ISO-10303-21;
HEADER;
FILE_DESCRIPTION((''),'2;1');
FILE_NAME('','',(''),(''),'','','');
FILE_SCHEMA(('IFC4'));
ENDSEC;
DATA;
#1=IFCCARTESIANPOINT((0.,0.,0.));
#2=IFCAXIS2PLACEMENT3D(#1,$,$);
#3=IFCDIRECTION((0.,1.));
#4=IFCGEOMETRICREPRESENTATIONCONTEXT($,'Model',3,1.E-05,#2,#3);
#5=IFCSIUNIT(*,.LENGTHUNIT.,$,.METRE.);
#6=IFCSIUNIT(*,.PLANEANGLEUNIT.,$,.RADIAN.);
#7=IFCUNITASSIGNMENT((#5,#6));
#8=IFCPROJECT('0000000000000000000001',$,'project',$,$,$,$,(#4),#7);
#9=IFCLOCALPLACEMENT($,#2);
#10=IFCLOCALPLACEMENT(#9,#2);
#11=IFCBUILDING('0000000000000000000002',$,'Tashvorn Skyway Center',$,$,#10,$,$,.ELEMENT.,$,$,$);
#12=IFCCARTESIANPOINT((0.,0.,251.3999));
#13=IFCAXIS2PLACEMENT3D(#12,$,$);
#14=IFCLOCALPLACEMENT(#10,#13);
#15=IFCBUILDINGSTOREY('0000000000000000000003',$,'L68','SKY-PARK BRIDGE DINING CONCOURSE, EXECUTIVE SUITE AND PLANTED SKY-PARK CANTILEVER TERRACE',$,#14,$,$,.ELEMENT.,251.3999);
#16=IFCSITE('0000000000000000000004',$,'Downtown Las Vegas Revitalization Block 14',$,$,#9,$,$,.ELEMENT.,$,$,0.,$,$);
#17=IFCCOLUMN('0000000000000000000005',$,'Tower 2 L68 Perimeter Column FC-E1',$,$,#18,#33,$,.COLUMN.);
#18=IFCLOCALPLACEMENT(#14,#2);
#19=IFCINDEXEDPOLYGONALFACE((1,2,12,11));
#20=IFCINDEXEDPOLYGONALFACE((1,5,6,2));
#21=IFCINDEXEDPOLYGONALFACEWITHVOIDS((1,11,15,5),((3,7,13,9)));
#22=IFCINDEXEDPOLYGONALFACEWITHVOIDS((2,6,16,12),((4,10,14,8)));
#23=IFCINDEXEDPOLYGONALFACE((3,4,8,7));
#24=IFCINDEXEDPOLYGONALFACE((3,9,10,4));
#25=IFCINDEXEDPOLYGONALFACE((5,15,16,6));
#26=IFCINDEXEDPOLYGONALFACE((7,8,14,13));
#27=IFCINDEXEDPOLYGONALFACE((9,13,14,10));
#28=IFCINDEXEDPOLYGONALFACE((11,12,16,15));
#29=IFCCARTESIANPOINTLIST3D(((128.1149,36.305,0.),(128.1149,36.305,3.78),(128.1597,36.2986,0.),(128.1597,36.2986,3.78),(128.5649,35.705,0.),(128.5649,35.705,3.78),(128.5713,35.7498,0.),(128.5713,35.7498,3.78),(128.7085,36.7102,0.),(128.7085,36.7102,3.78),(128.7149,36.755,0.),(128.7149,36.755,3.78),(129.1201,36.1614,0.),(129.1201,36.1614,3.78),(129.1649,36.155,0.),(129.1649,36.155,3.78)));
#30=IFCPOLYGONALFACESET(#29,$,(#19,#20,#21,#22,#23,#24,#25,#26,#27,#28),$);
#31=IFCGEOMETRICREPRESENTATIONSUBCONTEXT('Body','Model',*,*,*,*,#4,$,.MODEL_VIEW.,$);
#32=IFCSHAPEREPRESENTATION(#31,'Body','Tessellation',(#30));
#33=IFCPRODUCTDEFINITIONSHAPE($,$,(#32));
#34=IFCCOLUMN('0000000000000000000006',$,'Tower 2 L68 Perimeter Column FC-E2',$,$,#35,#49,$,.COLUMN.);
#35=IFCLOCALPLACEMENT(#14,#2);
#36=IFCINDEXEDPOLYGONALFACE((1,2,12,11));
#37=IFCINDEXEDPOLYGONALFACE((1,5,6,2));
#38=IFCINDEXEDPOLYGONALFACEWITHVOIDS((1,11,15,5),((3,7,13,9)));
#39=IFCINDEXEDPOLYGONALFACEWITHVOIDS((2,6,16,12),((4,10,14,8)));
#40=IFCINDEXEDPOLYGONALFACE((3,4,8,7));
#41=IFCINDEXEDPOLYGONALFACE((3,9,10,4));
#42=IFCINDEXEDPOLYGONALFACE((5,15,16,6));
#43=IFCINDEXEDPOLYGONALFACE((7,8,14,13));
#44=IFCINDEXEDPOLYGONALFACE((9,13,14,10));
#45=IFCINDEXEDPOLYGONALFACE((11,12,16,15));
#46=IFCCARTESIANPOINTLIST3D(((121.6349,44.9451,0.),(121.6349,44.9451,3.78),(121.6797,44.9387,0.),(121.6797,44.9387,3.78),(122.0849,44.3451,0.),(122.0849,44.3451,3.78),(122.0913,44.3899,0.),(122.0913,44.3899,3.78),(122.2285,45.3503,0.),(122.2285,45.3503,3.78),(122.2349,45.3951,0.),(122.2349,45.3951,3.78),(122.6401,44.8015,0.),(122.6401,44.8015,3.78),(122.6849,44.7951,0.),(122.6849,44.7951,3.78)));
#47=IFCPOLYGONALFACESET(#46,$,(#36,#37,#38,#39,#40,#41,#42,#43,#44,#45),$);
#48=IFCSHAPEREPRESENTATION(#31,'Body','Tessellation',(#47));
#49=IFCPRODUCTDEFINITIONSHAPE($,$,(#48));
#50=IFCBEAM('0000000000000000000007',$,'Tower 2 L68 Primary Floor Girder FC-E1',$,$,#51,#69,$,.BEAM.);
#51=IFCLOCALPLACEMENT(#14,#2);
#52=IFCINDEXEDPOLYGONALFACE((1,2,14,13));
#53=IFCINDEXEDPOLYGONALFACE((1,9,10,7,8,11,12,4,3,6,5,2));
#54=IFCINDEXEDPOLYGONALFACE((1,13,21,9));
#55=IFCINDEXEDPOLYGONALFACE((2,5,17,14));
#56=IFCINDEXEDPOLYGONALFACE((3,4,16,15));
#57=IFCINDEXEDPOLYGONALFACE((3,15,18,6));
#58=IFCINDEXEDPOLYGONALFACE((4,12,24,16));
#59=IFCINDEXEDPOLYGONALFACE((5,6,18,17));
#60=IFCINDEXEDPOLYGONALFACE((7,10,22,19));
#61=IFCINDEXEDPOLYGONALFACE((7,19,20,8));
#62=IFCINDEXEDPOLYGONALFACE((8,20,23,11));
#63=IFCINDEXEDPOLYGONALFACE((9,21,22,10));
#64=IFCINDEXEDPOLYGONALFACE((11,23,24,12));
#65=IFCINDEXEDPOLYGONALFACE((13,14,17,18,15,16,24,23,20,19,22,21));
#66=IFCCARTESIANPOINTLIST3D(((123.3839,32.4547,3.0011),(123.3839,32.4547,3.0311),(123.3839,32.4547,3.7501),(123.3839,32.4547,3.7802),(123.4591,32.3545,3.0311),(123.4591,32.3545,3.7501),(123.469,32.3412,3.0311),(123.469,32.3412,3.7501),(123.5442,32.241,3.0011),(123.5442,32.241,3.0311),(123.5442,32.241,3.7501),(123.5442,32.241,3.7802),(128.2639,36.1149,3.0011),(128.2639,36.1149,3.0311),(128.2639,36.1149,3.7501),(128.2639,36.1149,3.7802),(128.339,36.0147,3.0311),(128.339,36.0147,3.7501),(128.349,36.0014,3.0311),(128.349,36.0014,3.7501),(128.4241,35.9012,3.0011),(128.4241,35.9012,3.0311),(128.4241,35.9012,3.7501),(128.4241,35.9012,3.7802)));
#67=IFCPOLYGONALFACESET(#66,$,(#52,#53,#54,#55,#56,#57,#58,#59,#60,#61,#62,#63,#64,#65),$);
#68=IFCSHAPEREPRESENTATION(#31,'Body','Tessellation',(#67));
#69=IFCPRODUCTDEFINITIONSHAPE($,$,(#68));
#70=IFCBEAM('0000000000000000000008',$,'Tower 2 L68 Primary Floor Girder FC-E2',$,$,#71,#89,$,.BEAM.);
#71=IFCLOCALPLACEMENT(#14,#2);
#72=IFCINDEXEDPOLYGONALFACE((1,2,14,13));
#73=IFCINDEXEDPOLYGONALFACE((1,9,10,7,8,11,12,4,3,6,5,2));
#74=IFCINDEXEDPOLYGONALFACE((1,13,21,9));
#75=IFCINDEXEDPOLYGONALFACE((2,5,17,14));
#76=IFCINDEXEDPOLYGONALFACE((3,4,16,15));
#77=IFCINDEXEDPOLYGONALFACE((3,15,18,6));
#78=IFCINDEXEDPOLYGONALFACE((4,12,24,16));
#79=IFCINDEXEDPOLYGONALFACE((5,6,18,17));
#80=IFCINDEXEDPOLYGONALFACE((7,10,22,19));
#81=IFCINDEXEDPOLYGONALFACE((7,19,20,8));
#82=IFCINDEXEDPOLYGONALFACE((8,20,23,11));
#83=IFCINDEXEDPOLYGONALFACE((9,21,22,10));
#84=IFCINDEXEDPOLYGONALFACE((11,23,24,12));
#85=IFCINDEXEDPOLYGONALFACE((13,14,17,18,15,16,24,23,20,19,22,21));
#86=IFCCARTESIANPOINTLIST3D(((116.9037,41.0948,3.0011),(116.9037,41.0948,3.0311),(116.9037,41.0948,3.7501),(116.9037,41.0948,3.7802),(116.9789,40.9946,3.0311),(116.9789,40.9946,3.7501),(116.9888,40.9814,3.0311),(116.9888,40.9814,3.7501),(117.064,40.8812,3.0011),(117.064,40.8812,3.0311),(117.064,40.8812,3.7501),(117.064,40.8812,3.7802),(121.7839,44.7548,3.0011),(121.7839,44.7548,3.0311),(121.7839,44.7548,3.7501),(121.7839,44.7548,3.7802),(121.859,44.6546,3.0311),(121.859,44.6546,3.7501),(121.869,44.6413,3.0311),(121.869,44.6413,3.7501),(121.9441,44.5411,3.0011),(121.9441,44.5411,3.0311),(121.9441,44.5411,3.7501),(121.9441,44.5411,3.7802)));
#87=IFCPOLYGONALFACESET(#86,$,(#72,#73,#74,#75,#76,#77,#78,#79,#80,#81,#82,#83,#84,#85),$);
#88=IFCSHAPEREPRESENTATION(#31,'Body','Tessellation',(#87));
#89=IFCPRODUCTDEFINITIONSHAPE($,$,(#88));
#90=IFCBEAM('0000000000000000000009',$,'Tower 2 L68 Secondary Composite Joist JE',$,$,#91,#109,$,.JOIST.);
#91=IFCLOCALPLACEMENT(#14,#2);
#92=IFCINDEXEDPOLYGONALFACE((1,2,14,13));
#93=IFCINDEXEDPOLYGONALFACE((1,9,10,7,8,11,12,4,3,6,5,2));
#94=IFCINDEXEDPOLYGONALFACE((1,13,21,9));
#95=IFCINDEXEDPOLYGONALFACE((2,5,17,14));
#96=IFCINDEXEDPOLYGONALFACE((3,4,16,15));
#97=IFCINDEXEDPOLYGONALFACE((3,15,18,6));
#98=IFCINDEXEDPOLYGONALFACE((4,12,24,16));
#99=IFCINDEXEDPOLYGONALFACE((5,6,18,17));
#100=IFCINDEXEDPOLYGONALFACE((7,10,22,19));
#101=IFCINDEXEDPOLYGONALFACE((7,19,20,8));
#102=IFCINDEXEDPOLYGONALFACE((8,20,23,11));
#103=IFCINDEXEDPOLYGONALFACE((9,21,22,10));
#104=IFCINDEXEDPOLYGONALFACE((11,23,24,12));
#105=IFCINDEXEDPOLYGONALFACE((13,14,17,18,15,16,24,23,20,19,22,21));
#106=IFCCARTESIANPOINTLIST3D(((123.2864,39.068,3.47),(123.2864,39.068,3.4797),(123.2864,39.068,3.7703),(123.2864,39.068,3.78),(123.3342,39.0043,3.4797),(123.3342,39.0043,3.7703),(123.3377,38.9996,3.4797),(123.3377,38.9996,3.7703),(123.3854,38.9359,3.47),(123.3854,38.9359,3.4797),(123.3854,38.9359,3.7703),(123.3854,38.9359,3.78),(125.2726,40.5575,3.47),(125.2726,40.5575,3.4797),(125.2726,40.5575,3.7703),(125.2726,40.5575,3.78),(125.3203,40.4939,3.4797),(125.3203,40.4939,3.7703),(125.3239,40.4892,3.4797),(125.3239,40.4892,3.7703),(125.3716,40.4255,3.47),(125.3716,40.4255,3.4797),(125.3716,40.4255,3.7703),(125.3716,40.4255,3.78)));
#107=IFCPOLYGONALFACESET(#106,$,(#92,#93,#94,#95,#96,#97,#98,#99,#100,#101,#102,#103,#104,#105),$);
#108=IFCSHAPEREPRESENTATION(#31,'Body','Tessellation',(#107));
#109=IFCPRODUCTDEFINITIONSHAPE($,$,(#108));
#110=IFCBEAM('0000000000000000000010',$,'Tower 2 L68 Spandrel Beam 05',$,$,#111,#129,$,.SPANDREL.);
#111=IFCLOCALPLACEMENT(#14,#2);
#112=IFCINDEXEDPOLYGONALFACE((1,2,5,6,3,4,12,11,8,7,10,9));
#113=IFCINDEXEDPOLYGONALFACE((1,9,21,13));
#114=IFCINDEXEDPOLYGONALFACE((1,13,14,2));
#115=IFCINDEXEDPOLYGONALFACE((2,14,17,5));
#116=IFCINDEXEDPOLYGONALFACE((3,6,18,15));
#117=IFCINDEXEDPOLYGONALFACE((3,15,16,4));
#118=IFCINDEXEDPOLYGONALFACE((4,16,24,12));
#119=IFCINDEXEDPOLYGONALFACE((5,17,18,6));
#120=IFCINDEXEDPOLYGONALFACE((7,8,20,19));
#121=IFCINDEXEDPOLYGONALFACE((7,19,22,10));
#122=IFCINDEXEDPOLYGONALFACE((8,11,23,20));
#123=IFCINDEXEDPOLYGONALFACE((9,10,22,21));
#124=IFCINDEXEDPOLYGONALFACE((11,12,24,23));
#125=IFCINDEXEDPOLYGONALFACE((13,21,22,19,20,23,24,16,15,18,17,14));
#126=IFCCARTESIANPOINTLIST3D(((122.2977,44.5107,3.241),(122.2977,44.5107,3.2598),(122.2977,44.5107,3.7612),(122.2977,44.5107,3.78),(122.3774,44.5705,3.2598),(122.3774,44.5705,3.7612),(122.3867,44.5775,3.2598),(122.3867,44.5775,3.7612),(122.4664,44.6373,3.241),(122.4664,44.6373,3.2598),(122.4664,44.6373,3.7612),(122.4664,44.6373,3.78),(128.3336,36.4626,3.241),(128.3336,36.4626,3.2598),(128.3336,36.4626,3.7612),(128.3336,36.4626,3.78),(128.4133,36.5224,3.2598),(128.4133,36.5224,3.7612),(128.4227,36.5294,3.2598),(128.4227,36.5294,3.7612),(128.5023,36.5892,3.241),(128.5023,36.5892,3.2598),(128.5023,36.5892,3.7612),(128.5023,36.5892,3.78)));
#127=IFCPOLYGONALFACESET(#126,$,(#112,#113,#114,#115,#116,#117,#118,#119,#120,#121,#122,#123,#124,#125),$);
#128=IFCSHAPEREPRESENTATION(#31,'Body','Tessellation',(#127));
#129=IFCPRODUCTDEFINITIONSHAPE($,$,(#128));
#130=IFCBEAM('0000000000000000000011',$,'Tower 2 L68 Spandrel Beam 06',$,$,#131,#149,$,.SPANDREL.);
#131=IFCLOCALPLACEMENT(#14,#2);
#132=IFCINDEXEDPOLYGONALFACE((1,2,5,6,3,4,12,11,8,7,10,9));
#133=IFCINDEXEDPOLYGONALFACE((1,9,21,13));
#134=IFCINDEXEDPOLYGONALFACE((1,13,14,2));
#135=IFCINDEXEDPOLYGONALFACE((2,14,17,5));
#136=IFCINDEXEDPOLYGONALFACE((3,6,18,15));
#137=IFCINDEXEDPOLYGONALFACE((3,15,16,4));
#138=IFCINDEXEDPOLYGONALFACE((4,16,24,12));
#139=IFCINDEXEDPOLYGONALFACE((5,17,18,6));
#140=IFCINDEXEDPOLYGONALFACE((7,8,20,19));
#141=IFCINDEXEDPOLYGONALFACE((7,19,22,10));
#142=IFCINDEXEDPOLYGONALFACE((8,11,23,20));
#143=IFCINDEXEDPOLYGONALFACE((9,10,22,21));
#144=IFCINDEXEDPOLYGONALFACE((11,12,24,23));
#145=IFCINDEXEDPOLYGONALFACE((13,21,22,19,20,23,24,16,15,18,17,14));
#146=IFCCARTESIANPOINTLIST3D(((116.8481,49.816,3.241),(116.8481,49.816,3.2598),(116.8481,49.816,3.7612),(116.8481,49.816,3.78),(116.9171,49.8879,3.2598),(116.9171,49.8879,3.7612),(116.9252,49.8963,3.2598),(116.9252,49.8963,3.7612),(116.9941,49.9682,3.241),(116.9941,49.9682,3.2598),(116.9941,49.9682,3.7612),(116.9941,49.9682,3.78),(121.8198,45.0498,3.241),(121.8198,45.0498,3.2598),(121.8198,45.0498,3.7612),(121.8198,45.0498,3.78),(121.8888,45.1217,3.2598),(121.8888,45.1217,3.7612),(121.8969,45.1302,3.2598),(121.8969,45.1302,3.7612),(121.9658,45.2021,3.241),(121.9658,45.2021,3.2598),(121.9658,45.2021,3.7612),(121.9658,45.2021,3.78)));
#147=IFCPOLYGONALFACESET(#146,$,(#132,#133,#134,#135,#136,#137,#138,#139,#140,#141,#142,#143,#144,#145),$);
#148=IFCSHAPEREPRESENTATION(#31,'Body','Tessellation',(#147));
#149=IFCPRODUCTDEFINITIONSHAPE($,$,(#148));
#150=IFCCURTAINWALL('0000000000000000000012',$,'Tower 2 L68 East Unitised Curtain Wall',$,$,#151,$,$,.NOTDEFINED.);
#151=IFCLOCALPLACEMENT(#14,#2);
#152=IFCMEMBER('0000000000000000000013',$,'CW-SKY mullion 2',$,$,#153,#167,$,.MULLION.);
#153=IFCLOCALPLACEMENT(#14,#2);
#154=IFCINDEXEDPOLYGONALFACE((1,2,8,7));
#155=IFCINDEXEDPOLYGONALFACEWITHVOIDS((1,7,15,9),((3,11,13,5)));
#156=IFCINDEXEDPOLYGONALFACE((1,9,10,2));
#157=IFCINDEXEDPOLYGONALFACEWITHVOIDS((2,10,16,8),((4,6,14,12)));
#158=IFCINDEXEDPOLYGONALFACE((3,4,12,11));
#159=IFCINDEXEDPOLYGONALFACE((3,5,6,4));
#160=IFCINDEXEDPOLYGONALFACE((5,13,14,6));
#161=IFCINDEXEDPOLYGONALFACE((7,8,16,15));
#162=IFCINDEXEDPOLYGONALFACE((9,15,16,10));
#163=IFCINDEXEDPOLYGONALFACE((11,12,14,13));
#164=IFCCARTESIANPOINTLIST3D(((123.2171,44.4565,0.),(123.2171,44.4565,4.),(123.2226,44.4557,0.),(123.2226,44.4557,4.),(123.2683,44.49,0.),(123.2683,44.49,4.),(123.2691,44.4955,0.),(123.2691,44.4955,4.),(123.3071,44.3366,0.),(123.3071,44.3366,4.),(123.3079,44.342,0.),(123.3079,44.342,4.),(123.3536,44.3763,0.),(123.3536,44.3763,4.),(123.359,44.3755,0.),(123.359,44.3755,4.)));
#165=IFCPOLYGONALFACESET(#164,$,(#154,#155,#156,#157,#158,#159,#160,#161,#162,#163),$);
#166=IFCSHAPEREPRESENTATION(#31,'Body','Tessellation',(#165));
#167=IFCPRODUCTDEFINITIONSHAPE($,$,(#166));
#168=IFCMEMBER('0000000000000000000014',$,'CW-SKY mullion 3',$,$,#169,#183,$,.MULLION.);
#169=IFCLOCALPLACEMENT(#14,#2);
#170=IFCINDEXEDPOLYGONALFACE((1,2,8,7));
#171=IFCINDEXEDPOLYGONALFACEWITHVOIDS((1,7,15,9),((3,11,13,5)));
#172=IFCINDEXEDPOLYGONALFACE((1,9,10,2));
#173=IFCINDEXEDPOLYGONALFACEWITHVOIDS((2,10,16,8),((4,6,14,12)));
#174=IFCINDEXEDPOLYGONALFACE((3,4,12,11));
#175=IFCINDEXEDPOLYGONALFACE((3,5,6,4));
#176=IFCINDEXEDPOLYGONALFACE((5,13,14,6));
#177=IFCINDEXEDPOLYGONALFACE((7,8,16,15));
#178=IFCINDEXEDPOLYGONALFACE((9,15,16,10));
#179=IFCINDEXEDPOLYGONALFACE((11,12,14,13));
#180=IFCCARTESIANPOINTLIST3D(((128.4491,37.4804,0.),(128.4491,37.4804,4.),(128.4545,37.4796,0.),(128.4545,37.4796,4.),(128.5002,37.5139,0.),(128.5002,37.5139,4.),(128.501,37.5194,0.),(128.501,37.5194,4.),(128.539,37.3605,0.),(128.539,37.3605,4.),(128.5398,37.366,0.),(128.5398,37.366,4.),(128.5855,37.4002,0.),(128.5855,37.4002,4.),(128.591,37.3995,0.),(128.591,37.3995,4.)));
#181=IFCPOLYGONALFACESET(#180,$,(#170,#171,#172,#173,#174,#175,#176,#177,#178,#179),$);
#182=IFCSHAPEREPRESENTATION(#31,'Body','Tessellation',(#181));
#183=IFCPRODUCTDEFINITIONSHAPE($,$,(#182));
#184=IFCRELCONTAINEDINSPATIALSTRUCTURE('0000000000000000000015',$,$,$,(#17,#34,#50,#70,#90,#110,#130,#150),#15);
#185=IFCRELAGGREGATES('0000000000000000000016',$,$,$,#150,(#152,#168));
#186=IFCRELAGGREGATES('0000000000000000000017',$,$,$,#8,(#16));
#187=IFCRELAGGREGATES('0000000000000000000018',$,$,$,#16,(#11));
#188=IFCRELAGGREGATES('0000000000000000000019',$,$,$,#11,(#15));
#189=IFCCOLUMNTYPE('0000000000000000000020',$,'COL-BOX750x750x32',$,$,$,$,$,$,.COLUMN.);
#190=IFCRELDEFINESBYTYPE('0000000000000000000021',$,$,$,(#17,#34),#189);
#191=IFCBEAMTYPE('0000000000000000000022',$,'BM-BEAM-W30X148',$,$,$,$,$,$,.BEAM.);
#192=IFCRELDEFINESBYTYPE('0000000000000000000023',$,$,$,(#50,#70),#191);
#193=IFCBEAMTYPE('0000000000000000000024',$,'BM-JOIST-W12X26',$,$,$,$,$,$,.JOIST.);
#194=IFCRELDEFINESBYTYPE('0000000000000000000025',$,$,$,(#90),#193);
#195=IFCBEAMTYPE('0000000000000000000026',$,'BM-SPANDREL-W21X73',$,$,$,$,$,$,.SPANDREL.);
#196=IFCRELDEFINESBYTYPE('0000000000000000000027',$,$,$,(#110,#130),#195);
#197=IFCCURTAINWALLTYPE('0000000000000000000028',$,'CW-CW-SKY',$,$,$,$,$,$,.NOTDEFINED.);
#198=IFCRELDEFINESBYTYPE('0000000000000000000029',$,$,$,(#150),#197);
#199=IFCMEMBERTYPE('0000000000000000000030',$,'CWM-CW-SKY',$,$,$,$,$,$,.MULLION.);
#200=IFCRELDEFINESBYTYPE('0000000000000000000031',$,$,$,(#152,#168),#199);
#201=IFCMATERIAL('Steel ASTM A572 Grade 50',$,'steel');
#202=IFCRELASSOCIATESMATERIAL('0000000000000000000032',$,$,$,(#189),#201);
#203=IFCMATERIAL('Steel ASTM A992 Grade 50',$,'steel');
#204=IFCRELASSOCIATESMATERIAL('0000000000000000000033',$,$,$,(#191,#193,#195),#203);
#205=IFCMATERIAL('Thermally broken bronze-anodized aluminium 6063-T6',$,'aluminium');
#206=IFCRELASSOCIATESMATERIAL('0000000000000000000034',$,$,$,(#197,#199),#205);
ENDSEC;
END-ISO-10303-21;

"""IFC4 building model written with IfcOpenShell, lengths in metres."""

from ifc_helpers import new_model, si_unit, direction, frame, origin, origin_2d, place, context, subcontext, project, spatial, hollow_rectangle, i_section, extrude, material, material_profile, profile_set, type_object, element, aggregate, save


model = new_model("IFC4")

# Units and contexts
model_context = context("Model", 3, precision=1e-05, world=origin(), true_north=direction((0.0, 1.0)))
body_context = subcontext(model_context, "Body", "Model", "MODEL_VIEW")
ifc_project = project(units=[si_unit("LENGTHUNIT", "METRE"), si_unit("PLANEANGLEUNIT", "RADIAN")], contexts=[model_context])

# Site, building, storey
site_placement = place(None, origin())
site = spatial("IfcSite", under=ifc_project, at=site_placement, Name="Downtown Las Vegas Revitalization Block 14", CompositionType="ELEMENT", RefElevation=0.0)
building_placement = place(site_placement, origin())
building = spatial("IfcBuilding", under=site, at=building_placement, Name="Tashvorn Skyway Center", CompositionType="ELEMENT")
storey_placement = place(building_placement, frame((0.0, 0.0, 251.3999)))
storey = spatial("IfcBuildingStorey", under=building, at=storey_placement, Name="L68", Description="SKY-PARK BRIDGE DINING CONCOURSE, EXECUTIVE SUITE AND PLANTED SKY-PARK CANTILEVER TERRACE", CompositionType="ELEMENT", Elevation=251.3999)

# Columns
ifc_material_1 = material(Name="Steel ASTM A572 Grade 50", Category="steel")
ifc_material_profile_1 = material_profile(ifc_material_1, hollow_rectangle(XDim=0.75, YDim=0.75, WallThickness=0.032, at=origin_2d()), Name="BOX750x750x32")
ifc_profile_set_1 = profile_set([ifc_material_profile_1], Name="Steel ASTM A572 Grade 50")
column_type = type_object("IfcColumnType", Name="COL-BOX750x750x32", PredefinedType="COLUMN", material=ifc_profile_set_1)
for number, where, z_axis, x_axis, name in (
    (1, (128.6399, 36.23, 0.0), (0.0, 0.0, 1.0), (0.8, 0.6, 0.0), "Tower 2 L68 Perimeter Column FC-E1"),
    (2, (122.1599, 44.8701, 0.0), (0.0, 0.0, 1.0), (0.8, 0.6, 0.0), "Tower 2 L68 Perimeter Column FC-E2"),
):
    element("IfcColumn", number, at=place(storey_placement, frame(where, z_axis=z_axis, x_axis=x_axis)), inside=storey, type_object=column_type, Name=name, PredefinedType="COLUMN", context=body_context, shape_type="SweptSolid", body=[
        extrude(hollow_rectangle(XDim=0.75, YDim=0.75, WallThickness=0.032, at=origin_2d()), origin(), (0.0, 0.0, 1.0), 3.78),
    ])

# Beams
ifc_material_2 = material(Name="Steel ASTM A992 Grade 50", Category="steel")
ifc_material_profile_2 = material_profile(ifc_material_2, i_section(OverallWidth=0.2671, OverallDepth=0.7791, WebThickness=0.0166, FlangeThickness=0.03, at=origin_2d()), Name="W30X148")
ifc_profile_set_2 = profile_set([ifc_material_profile_2], Name="Steel ASTM A992 Grade 50")
beam_type_1 = type_object("IfcBeamType", Name="BM-BEAM-W30X148", PredefinedType="BEAM", material=ifc_profile_set_2)
for number, where, z_axis, x_axis, name in (
    (3, (128.344, 36.0081, 3.3906), (-0.799981, -0.600026, 0.0), (0.600026, -0.799981, 0.0), "Tower 2 L68 Primary Floor Girder FC-E1"),
    (4, (121.864, 44.6479, 3.3906), (-0.800014, -0.599981, 0.0), (0.599981, -0.800014, 0.0), "Tower 2 L68 Primary Floor Girder FC-E2"),
):
    element("IfcBeam", number, at=place(storey_placement, frame(where, z_axis=z_axis, x_axis=x_axis)), inside=storey, type_object=beam_type_1, Name=name, PredefinedType="BEAM", context=body_context, shape_type="SweptSolid", body=[
        extrude(i_section(OverallWidth=0.2671, OverallDepth=0.7791, WebThickness=0.0166, FlangeThickness=0.03, at=origin_2d()), origin(), (0.0, 0.0, 1.0), 6.1001),
    ])
ifc_material_profile_3 = material_profile(ifc_material_2, i_section(OverallWidth=0.165, OverallDepth=0.3101, WebThickness=0.0059, FlangeThickness=0.0098, at=origin_2d()), Name="W12X26")
ifc_profile_set_3 = profile_set([ifc_material_profile_3], Name="Steel ASTM A992 Grade 50")
beam_type_2 = type_object("IfcBeamType", Name="BM-JOIST-W12X26", PredefinedType="JOIST", material=ifc_profile_set_3)
beam_1_placement = place(storey_placement, frame((123.3359, 39.002, 3.625), z_axis=(0.800012, 0.599984, 0.0), x_axis=(-0.599984, 0.800012, 0.0)))
element("IfcBeam", 5, at=beam_1_placement, inside=storey, type_object=beam_type_2, Name="Tower 2 L68 Secondary Composite Joist JE", PredefinedType="JOIST", context=body_context, shape_type="SweptSolid", body=[
    extrude(i_section(OverallWidth=0.165, OverallDepth=0.3101, WebThickness=0.0059, FlangeThickness=0.0098, at=origin_2d()), origin(), (0.0, 0.0, 1.0), 2.4827),
])
ifc_material_profile_4 = material_profile(ifc_material_2, i_section(OverallWidth=0.2109, OverallDepth=0.5391, WebThickness=0.0117, FlangeThickness=0.0188, at=origin_2d()), Name="W21X73")
ifc_profile_set_4 = profile_set([ifc_material_profile_4], Name="Steel ASTM A992 Grade 50")
beam_type_3 = type_object("IfcBeamType", Name="BM-SPANDREL-W21X73", PredefinedType="SPANDREL", material=ifc_profile_set_4)
beam_2_placement = place(storey_placement, frame((128.418, 36.5259, 3.5105), z_axis=(-0.599988, 0.800009, 0.0), x_axis=(-0.800009, -0.599988, 0.0)))
element("IfcBeam", 6, at=beam_2_placement, inside=storey, type_object=beam_type_3, Name="Tower 2 L68 Spandrel Beam 05", PredefinedType="SPANDREL", context=body_context, shape_type="SweptSolid", body=[
    extrude(i_section(OverallWidth=0.2109, OverallDepth=0.5391, WebThickness=0.0117, FlangeThickness=0.0188, at=origin_2d()), origin(), (0.0, 0.0, 1.0), 10.0601),
])
beam_3_placement = place(storey_placement, frame((121.8928, 45.126, 3.5105), z_axis=(-0.721873, 0.692025, 0.0), x_axis=(-0.692025, -0.721873, 0.0)))
element("IfcBeam", 7, at=beam_3_placement, inside=storey, type_object=beam_type_3, Name="Tower 2 L68 Spandrel Beam 06", PredefinedType="SPANDREL", context=body_context, shape_type="SweptSolid", body=[
    extrude(i_section(OverallWidth=0.2109, OverallDepth=0.5391, WebThickness=0.0117, FlangeThickness=0.0188, at=origin_2d()), origin(), (0.0, 0.0, 1.0), 6.8872),
])

# Curtain wall, members
ifc_material_3 = material(Name="Thermally broken bronze-anodized aluminium 6063-T6", Category="aluminium")
curtain_wall_type = type_object("IfcCurtainWallType", Name="CW-CW-SKY", PredefinedType="NOTDEFINED", material=ifc_material_3)
curtain_wall_placement = place(storey_placement, origin())
curtain_wall = element("IfcCurtainWall", 8, at=curtain_wall_placement, inside=storey, type_object=curtain_wall_type, Name="Tower 2 L68 East Unitised Curtain Wall", PredefinedType="NOTDEFINED")
ifc_material_profile_5 = material_profile(ifc_material_3, hollow_rectangle(XDim=0.0649, YDim=0.1499, WallThickness=0.0039, at=origin_2d()), Name="ALU-MULL-65x150")
ifc_profile_set_5 = profile_set([ifc_material_profile_5], Name="Thermally broken bronze-anodized aluminium 6063-T6")
member_type_1 = type_object("IfcMemberType", Name="CWM-CW-SKY", PredefinedType="MULLION", material=ifc_profile_set_5)
member_1_placement = place(storey_placement, frame((123.2881, 44.416, 0.0), z_axis=(0.0, 0.0, 1.0), x_axis=(0.8, 0.6, 0.0)))
member_1 = element("IfcMember", 9, at=member_1_placement, type_object=member_type_1, Name="CW-SKY mullion 2", PredefinedType="MULLION", context=body_context, shape_type="SweptSolid", body=[
    extrude(hollow_rectangle(XDim=0.0649, YDim=0.1499, WallThickness=0.0039, at=origin_2d()), origin(), (0.0, 0.0, 1.0), 4.0),
])
member_2_placement = place(storey_placement, frame((128.52, 37.4399, 0.0), z_axis=(0.0, 0.0, 1.0), x_axis=(0.8, 0.6, 0.0)))
member_2 = element("IfcMember", 10, at=member_2_placement, type_object=member_type_1, Name="CW-SKY mullion 3", PredefinedType="MULLION", context=body_context, shape_type="SweptSolid", body=[
    extrude(hollow_rectangle(XDim=0.0649, YDim=0.1499, WallThickness=0.0039, at=origin_2d()), origin(), (0.0, 0.0, 1.0), 4.0),
])
aggregate(curtain_wall, [member_1, member_2])

save(model, "model.ifc")
